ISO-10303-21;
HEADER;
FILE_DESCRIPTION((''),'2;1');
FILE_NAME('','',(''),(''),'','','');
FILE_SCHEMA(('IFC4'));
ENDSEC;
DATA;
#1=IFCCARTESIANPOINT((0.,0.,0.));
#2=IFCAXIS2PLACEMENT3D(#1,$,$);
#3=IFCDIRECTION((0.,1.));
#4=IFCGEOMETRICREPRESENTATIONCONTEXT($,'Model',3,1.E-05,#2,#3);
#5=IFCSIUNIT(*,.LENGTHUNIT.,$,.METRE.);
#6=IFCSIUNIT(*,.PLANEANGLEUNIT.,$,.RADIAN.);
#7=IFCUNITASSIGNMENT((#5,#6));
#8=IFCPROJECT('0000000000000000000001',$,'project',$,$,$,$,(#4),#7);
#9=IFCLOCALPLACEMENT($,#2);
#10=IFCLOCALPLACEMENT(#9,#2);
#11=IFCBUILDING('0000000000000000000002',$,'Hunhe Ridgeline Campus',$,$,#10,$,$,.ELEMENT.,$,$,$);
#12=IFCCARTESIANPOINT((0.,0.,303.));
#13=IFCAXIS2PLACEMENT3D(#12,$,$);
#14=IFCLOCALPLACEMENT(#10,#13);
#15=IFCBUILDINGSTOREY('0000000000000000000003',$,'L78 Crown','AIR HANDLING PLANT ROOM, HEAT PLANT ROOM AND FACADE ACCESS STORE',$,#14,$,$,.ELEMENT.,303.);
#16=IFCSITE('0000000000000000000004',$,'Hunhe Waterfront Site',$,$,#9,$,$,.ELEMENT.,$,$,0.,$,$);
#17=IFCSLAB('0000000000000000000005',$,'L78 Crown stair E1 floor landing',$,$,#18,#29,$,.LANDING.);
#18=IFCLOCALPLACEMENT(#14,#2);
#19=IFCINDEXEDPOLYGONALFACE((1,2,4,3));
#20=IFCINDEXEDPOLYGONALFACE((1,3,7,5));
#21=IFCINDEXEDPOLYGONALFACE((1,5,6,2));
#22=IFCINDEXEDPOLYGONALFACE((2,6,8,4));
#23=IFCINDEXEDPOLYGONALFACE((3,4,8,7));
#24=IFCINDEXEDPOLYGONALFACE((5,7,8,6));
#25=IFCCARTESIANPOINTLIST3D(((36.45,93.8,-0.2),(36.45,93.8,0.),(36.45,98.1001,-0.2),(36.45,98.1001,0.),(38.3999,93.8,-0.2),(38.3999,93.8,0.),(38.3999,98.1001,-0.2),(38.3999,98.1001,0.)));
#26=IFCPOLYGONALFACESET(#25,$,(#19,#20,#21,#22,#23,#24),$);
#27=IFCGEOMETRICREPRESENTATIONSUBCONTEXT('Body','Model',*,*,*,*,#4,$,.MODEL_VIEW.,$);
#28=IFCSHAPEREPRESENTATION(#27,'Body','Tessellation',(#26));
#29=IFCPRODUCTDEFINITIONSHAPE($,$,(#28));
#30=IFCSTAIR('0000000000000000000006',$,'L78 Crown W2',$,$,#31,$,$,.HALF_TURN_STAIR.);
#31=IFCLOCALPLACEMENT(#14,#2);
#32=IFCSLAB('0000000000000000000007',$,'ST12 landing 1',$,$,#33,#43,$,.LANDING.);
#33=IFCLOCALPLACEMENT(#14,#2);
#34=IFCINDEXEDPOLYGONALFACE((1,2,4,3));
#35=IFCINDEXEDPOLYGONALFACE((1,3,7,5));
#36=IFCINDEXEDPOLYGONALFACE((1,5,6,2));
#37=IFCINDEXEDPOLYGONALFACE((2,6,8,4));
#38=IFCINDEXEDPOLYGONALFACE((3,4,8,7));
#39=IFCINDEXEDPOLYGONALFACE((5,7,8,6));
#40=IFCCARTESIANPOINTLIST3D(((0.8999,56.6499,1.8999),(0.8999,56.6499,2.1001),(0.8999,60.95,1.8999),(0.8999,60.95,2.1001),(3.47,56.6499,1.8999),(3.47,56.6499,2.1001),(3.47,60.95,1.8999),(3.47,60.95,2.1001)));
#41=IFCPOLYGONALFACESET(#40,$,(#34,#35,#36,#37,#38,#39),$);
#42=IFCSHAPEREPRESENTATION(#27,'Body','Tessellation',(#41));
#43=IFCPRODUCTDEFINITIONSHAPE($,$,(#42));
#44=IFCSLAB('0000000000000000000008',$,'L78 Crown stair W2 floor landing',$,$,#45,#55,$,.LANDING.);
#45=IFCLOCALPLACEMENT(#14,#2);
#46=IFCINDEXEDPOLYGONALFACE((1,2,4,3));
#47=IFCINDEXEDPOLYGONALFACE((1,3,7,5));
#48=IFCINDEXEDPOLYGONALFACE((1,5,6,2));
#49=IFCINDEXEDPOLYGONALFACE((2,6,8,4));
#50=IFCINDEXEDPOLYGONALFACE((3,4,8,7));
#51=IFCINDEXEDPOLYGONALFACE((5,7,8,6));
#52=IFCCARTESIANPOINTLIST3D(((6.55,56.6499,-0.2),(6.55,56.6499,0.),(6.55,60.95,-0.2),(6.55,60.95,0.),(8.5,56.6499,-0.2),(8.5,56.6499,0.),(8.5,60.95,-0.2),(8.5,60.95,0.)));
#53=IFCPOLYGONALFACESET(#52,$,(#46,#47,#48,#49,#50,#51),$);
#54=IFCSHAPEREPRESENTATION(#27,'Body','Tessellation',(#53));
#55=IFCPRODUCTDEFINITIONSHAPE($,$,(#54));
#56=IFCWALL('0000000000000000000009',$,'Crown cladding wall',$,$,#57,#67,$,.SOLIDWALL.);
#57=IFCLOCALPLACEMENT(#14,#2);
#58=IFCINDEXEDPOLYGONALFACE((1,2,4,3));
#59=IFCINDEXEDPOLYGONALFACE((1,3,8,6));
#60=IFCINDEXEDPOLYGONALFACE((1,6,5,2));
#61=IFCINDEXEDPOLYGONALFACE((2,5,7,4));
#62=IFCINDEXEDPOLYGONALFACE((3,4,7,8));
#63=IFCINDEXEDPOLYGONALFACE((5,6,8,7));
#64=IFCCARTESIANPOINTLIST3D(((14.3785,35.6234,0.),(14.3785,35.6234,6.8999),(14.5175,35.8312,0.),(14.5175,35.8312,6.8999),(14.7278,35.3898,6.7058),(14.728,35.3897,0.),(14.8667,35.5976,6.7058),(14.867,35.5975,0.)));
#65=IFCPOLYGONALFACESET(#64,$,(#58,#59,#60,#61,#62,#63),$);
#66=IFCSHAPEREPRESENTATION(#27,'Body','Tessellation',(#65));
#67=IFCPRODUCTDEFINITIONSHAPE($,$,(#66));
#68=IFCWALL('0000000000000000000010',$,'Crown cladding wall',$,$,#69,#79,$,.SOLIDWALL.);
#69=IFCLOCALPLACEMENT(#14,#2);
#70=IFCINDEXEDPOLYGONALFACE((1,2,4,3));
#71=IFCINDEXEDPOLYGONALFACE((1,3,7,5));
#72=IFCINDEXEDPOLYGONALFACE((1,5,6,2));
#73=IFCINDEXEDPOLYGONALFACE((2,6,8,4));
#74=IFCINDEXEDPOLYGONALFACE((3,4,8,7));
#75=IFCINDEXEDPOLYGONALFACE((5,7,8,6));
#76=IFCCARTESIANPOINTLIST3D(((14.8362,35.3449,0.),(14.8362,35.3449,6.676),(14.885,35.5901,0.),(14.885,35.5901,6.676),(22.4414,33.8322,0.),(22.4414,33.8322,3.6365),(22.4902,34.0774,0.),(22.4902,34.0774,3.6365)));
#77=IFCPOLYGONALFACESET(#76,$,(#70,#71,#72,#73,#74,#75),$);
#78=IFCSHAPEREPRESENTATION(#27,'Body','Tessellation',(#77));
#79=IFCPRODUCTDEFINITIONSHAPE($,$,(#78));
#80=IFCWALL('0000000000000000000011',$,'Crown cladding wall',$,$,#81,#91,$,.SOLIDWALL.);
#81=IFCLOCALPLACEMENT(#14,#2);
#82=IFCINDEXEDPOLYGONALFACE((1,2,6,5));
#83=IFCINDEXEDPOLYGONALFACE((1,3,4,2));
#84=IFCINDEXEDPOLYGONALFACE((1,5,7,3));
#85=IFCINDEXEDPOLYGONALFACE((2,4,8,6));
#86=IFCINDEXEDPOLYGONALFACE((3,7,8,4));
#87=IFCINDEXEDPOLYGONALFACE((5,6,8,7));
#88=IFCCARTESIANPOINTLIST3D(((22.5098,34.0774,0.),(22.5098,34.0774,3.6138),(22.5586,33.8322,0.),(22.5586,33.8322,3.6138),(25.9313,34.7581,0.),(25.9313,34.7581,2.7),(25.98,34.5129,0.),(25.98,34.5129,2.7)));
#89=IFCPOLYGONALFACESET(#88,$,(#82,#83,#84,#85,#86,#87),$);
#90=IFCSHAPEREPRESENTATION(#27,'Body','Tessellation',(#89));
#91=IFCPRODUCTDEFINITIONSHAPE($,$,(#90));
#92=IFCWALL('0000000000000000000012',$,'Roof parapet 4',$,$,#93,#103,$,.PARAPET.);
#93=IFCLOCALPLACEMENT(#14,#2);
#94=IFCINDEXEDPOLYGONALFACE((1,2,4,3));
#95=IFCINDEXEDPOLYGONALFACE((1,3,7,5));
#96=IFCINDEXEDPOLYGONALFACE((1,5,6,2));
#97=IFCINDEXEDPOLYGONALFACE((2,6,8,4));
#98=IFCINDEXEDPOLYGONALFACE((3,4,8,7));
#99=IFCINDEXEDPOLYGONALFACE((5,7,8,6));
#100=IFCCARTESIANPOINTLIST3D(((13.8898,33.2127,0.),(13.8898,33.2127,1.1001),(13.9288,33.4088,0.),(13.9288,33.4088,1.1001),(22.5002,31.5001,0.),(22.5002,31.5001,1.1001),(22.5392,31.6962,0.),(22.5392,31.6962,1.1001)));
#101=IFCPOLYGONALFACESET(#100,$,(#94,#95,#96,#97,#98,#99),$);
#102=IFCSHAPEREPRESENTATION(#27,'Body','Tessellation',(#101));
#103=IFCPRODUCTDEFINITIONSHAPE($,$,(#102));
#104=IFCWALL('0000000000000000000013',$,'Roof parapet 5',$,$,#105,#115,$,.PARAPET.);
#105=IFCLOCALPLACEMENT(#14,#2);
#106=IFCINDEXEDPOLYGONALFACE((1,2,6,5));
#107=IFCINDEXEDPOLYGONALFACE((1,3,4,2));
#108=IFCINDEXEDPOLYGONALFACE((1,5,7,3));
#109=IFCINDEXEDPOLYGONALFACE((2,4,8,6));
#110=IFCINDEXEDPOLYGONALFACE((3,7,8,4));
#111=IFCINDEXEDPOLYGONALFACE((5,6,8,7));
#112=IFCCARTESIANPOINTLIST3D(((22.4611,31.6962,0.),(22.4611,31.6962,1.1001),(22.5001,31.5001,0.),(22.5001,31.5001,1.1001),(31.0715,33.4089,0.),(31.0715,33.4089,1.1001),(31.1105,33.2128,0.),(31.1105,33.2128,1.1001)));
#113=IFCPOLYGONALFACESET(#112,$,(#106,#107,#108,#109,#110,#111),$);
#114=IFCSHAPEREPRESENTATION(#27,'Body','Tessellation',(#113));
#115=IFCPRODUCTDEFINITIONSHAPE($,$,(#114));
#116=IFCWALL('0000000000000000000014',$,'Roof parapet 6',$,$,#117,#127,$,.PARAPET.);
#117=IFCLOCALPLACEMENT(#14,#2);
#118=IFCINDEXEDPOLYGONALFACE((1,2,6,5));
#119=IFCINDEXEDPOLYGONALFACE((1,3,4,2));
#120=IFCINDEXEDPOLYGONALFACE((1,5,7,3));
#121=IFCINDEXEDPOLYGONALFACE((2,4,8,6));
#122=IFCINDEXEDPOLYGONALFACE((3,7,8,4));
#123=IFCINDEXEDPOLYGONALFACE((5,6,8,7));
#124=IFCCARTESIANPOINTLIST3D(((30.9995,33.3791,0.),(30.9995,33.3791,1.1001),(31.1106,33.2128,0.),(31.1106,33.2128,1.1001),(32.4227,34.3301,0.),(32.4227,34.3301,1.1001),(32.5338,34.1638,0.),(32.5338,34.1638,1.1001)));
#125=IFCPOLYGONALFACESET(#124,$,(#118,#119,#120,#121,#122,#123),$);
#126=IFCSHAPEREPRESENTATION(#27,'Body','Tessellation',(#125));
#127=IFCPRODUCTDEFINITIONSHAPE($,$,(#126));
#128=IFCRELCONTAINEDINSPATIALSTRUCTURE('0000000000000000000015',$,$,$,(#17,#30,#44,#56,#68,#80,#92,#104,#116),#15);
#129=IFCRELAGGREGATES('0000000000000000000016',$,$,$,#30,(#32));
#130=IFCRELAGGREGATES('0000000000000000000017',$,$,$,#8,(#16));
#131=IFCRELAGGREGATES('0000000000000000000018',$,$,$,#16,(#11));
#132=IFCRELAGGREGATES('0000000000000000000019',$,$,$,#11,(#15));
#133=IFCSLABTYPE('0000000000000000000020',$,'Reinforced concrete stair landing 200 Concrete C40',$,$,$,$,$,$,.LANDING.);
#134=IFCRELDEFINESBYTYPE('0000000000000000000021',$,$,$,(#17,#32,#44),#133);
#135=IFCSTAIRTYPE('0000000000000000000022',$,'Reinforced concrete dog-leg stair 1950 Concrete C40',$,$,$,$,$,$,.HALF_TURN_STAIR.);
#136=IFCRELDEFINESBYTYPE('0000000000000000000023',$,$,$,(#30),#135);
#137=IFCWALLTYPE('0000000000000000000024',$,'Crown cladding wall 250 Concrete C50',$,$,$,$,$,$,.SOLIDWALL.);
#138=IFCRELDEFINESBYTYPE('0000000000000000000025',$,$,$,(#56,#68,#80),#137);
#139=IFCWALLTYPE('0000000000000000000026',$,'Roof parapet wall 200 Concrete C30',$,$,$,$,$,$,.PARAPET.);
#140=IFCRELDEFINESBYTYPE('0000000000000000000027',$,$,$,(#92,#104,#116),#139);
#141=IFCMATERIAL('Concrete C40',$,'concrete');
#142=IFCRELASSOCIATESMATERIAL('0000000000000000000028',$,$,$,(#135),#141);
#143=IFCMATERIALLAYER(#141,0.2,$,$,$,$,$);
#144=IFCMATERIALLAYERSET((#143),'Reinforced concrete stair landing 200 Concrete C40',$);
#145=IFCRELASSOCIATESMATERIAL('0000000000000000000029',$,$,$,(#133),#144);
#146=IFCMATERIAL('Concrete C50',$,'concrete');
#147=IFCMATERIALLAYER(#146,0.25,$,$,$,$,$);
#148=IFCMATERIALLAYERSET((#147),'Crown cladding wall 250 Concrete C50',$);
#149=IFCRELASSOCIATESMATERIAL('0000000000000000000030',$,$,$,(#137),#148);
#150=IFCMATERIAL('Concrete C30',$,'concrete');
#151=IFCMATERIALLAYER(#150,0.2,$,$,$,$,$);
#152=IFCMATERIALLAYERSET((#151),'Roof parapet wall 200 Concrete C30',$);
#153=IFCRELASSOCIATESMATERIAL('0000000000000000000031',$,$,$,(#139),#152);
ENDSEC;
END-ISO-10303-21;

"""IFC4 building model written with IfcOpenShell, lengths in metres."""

from ifc_helpers import new_model, si_unit, direction, frame, frame_2d, origin, place, context, subcontext, project, spatial, polyline, rectangle, outline, extrude, material, layer, layer_set, type_object, element, aggregate, save


model = new_model("IFC4")

# Units and contexts
model_context = context("Model", 3, precision=1e-05, world=origin(), true_north=direction((0.0, 1.0)))
body_context = subcontext(model_context, "Body", "Model", "MODEL_VIEW")
ifc_project = project(units=[si_unit("LENGTHUNIT", "METRE"), si_unit("PLANEANGLEUNIT", "RADIAN")], contexts=[model_context])

# Site, building, storey
site_placement = place(None, origin())
site = spatial("IfcSite", under=ifc_project, at=site_placement, Name="Hunhe Waterfront Site", CompositionType="ELEMENT", RefElevation=0.0)
building_placement = place(site_placement, origin())
building = spatial("IfcBuilding", under=site, at=building_placement, Name="Hunhe Ridgeline Campus", CompositionType="ELEMENT")
storey_placement = place(building_placement, frame((0.0, 0.0, 303.0)))
storey = spatial("IfcBuildingStorey", under=building, at=storey_placement, Name="L78 Crown", Description="AIR HANDLING PLANT ROOM, HEAT PLANT ROOM AND FACADE ACCESS STORE", CompositionType="ELEMENT", Elevation=303.0)

# Shared definitions
ifc_material_1 = material(Name="Concrete C40", Category="concrete")

# Shared definitions
stair_type = type_object("IfcStairType", Name="Reinforced concrete dog-leg stair 1950 Concrete C40", PredefinedType="HALF_TURN_STAIR", material=ifc_material_1)
ifc_layer_1 = layer(ifc_material_1, 0.2)
ifc_layer_set_1 = layer_set([ifc_layer_1], Name="Reinforced concrete stair landing 200 Concrete C40")
slab_type_1 = type_object("IfcSlabType", Name="Reinforced concrete stair landing 200 Concrete C40", PredefinedType="LANDING", material=ifc_layer_set_1)

# Slab
slab_1_placement = place(storey_placement, frame((0.0, 0.0, -0.2)))
element("IfcSlab", 1, at=slab_1_placement, inside=storey, type_object=slab_type_1, Name="L78 Crown stair E1 floor landing", PredefinedType="LANDING", context=body_context, shape_type="SweptSolid", body=[
    extrude(outline(polyline([(36.45, 93.8), (38.3999, 93.8), (38.3999, 98.1001), (36.45, 98.1001), (36.45, 93.8)])), origin(), (0.0, 0.0, 1.0), 0.2),
])

# Stair, slab
stair_1_placement = place(storey_placement, origin())
stair_1 = element("IfcStair", 2, at=stair_1_placement, inside=storey, type_object=stair_type, Name="L78 Crown W2", PredefinedType="HALF_TURN_STAIR")
slab_2_placement = place(storey_placement, frame((0.0, 0.0, 1.8999)))
slab_2 = element("IfcSlab", 3, at=slab_2_placement, type_object=slab_type_1, Name="ST12 landing 1", PredefinedType="LANDING", context=body_context, shape_type="SweptSolid", body=[
    extrude(outline(polyline([(3.47, 60.95), (0.8999, 60.95), (0.8999, 56.6499), (3.47, 56.6499), (3.47, 60.95)])), origin(), (0.0, 0.0, 1.0), 0.2002),
])
aggregate(stair_1, [slab_2])

# Slab
slab_3_placement = place(storey_placement, frame((0.0, 0.0, -0.2)))
element("IfcSlab", 4, at=slab_3_placement, inside=storey, type_object=slab_type_1, Name="L78 Crown stair W2 floor landing", PredefinedType="LANDING", context=body_context, shape_type="SweptSolid", body=[
    extrude(outline(polyline([(8.5, 60.95), (6.55, 60.95), (6.55, 56.6499), (8.5, 56.6499), (8.5, 60.95)])), origin(), (0.0, 0.0, 1.0), 0.2),
])

# Walls
ifc_material_2 = material(Name="Concrete C50", Category="concrete")
ifc_layer_2 = layer(ifc_material_2, 0.25)
ifc_layer_set_2 = layer_set([ifc_layer_2], Name="Crown cladding wall 250 Concrete C50")
wall_type_1 = type_object("IfcWallType", Name="Crown cladding wall 250 Concrete C50", PredefinedType="SOLIDWALL", material=ifc_layer_set_2)
wall_1_placement = place(storey_placement, frame((14.448, 35.7273, 0.0), z_axis=(0.0, 0.0, 1.0), x_axis=(0.831245, -0.555906, 0.0)))
element("IfcWall", 5, at=wall_1_placement, inside=storey, type_object=wall_type_1, Name="Crown cladding wall", PredefinedType="SOLIDWALL", context=body_context, shape_type="SweptSolid", body=[
    extrude(outline(polyline([(0.0, 0.0), (0.4204, 0.0), (0.4202, 6.7058), (0.0, 6.8999), (0.0, 0.0)])), frame((0.0, 0.125, 0.0), z_axis=(0.0, -1.0, 0.0), x_axis=(1.0, 0.0, 0.0)), (0.0, 0.0, 1.0), 0.25),
])
wall_2_placement = place(storey_placement, frame((14.8606, 35.4675, 0.0), z_axis=(0.0, 0.0, 1.0), x_axis=(0.980787, -0.195081, 0.0)))
element("IfcWall", 6, at=wall_2_placement, inside=storey, type_object=wall_type_1, Name="Crown cladding wall", PredefinedType="SOLIDWALL", context=body_context, shape_type="SweptSolid", body=[
    extrude(outline(polyline([(0.0, 0.0), (7.7542, 0.0), (7.7542, 3.6365), (0.0, 6.676), (0.0, 0.0)])), frame((0.0, 0.125, 0.0), z_axis=(0.0, -1.0, 0.0), x_axis=(1.0, 0.0, 0.0)), (0.0, 0.0, 1.0), 0.25),
])
wall_3_placement = place(storey_placement, frame((22.5342, 33.9548, 0.0), z_axis=(0.0, 0.0, 1.0), x_axis=(0.980779, 0.19512, 0.0)))
element("IfcWall", 7, at=wall_3_placement, inside=storey, type_object=wall_type_1, Name="Crown cladding wall", PredefinedType="SOLIDWALL", context=body_context, shape_type="SweptSolid", body=[
    extrude(outline(polyline([(0.0, 0.0), (3.4885, 0.0), (3.4885, 2.7), (0.0, 3.6138), (0.0, 0.0)])), frame((0.0, 0.125, 0.0), z_axis=(0.0, -1.0, 0.0), x_axis=(1.0, 0.0, 0.0)), (0.0, 0.0, 1.0), 0.25),
])
ifc_material_3 = material(Name="Concrete C30", Category="concrete")
ifc_layer_3 = layer(ifc_material_3, 0.2)
ifc_layer_set_3 = layer_set([ifc_layer_3], Name="Roof parapet wall 200 Concrete C30")
wall_type_2 = type_object("IfcWallType", Name="Roof parapet wall 200 Concrete C30", PredefinedType="PARAPET", material=ifc_layer_set_3)
for number, where, z_axis, x_axis, name in (
    (8, (13.9092, 33.3108, 0.0), (0.0, 0.0, 1.0), (0.980787, -0.195084, 0.0), "Roof parapet 4"),
    (9, (22.4805, 31.5981, 0.0), (0.0, 0.0, 1.0), (0.980787, 0.195084, 0.0), "Roof parapet 5"),
):
    element("IfcWall", number, at=place(storey_placement, frame(where, z_axis=z_axis, x_axis=x_axis)), inside=storey, type_object=wall_type_2, Name=name, PredefinedType="PARAPET", context=body_context, shape_type="SweptSolid", body=[
        extrude(rectangle(XDim=8.7791, YDim=0.2, at=frame_2d((4.3896, 0.0))), origin(), (0.0, 0.0, 1.0), 1.1001),
    ])
wall_4_placement = place(storey_placement, frame((31.0549, 33.2959, 0.0), z_axis=(0.0, 0.0, 1.0), x_axis=(0.831457, 0.555589, 0.0)))
element("IfcWall", 10, at=wall_4_placement, inside=storey, type_object=wall_type_2, Name="Roof parapet 6", PredefinedType="PARAPET", context=body_context, shape_type="SweptSolid", body=[
    extrude(rectangle(XDim=1.7117, YDim=0.2, at=frame_2d((0.856, 0.0))), origin(), (0.0, 0.0, 1.0), 1.1001),
])

save(model, "model.ifc")
